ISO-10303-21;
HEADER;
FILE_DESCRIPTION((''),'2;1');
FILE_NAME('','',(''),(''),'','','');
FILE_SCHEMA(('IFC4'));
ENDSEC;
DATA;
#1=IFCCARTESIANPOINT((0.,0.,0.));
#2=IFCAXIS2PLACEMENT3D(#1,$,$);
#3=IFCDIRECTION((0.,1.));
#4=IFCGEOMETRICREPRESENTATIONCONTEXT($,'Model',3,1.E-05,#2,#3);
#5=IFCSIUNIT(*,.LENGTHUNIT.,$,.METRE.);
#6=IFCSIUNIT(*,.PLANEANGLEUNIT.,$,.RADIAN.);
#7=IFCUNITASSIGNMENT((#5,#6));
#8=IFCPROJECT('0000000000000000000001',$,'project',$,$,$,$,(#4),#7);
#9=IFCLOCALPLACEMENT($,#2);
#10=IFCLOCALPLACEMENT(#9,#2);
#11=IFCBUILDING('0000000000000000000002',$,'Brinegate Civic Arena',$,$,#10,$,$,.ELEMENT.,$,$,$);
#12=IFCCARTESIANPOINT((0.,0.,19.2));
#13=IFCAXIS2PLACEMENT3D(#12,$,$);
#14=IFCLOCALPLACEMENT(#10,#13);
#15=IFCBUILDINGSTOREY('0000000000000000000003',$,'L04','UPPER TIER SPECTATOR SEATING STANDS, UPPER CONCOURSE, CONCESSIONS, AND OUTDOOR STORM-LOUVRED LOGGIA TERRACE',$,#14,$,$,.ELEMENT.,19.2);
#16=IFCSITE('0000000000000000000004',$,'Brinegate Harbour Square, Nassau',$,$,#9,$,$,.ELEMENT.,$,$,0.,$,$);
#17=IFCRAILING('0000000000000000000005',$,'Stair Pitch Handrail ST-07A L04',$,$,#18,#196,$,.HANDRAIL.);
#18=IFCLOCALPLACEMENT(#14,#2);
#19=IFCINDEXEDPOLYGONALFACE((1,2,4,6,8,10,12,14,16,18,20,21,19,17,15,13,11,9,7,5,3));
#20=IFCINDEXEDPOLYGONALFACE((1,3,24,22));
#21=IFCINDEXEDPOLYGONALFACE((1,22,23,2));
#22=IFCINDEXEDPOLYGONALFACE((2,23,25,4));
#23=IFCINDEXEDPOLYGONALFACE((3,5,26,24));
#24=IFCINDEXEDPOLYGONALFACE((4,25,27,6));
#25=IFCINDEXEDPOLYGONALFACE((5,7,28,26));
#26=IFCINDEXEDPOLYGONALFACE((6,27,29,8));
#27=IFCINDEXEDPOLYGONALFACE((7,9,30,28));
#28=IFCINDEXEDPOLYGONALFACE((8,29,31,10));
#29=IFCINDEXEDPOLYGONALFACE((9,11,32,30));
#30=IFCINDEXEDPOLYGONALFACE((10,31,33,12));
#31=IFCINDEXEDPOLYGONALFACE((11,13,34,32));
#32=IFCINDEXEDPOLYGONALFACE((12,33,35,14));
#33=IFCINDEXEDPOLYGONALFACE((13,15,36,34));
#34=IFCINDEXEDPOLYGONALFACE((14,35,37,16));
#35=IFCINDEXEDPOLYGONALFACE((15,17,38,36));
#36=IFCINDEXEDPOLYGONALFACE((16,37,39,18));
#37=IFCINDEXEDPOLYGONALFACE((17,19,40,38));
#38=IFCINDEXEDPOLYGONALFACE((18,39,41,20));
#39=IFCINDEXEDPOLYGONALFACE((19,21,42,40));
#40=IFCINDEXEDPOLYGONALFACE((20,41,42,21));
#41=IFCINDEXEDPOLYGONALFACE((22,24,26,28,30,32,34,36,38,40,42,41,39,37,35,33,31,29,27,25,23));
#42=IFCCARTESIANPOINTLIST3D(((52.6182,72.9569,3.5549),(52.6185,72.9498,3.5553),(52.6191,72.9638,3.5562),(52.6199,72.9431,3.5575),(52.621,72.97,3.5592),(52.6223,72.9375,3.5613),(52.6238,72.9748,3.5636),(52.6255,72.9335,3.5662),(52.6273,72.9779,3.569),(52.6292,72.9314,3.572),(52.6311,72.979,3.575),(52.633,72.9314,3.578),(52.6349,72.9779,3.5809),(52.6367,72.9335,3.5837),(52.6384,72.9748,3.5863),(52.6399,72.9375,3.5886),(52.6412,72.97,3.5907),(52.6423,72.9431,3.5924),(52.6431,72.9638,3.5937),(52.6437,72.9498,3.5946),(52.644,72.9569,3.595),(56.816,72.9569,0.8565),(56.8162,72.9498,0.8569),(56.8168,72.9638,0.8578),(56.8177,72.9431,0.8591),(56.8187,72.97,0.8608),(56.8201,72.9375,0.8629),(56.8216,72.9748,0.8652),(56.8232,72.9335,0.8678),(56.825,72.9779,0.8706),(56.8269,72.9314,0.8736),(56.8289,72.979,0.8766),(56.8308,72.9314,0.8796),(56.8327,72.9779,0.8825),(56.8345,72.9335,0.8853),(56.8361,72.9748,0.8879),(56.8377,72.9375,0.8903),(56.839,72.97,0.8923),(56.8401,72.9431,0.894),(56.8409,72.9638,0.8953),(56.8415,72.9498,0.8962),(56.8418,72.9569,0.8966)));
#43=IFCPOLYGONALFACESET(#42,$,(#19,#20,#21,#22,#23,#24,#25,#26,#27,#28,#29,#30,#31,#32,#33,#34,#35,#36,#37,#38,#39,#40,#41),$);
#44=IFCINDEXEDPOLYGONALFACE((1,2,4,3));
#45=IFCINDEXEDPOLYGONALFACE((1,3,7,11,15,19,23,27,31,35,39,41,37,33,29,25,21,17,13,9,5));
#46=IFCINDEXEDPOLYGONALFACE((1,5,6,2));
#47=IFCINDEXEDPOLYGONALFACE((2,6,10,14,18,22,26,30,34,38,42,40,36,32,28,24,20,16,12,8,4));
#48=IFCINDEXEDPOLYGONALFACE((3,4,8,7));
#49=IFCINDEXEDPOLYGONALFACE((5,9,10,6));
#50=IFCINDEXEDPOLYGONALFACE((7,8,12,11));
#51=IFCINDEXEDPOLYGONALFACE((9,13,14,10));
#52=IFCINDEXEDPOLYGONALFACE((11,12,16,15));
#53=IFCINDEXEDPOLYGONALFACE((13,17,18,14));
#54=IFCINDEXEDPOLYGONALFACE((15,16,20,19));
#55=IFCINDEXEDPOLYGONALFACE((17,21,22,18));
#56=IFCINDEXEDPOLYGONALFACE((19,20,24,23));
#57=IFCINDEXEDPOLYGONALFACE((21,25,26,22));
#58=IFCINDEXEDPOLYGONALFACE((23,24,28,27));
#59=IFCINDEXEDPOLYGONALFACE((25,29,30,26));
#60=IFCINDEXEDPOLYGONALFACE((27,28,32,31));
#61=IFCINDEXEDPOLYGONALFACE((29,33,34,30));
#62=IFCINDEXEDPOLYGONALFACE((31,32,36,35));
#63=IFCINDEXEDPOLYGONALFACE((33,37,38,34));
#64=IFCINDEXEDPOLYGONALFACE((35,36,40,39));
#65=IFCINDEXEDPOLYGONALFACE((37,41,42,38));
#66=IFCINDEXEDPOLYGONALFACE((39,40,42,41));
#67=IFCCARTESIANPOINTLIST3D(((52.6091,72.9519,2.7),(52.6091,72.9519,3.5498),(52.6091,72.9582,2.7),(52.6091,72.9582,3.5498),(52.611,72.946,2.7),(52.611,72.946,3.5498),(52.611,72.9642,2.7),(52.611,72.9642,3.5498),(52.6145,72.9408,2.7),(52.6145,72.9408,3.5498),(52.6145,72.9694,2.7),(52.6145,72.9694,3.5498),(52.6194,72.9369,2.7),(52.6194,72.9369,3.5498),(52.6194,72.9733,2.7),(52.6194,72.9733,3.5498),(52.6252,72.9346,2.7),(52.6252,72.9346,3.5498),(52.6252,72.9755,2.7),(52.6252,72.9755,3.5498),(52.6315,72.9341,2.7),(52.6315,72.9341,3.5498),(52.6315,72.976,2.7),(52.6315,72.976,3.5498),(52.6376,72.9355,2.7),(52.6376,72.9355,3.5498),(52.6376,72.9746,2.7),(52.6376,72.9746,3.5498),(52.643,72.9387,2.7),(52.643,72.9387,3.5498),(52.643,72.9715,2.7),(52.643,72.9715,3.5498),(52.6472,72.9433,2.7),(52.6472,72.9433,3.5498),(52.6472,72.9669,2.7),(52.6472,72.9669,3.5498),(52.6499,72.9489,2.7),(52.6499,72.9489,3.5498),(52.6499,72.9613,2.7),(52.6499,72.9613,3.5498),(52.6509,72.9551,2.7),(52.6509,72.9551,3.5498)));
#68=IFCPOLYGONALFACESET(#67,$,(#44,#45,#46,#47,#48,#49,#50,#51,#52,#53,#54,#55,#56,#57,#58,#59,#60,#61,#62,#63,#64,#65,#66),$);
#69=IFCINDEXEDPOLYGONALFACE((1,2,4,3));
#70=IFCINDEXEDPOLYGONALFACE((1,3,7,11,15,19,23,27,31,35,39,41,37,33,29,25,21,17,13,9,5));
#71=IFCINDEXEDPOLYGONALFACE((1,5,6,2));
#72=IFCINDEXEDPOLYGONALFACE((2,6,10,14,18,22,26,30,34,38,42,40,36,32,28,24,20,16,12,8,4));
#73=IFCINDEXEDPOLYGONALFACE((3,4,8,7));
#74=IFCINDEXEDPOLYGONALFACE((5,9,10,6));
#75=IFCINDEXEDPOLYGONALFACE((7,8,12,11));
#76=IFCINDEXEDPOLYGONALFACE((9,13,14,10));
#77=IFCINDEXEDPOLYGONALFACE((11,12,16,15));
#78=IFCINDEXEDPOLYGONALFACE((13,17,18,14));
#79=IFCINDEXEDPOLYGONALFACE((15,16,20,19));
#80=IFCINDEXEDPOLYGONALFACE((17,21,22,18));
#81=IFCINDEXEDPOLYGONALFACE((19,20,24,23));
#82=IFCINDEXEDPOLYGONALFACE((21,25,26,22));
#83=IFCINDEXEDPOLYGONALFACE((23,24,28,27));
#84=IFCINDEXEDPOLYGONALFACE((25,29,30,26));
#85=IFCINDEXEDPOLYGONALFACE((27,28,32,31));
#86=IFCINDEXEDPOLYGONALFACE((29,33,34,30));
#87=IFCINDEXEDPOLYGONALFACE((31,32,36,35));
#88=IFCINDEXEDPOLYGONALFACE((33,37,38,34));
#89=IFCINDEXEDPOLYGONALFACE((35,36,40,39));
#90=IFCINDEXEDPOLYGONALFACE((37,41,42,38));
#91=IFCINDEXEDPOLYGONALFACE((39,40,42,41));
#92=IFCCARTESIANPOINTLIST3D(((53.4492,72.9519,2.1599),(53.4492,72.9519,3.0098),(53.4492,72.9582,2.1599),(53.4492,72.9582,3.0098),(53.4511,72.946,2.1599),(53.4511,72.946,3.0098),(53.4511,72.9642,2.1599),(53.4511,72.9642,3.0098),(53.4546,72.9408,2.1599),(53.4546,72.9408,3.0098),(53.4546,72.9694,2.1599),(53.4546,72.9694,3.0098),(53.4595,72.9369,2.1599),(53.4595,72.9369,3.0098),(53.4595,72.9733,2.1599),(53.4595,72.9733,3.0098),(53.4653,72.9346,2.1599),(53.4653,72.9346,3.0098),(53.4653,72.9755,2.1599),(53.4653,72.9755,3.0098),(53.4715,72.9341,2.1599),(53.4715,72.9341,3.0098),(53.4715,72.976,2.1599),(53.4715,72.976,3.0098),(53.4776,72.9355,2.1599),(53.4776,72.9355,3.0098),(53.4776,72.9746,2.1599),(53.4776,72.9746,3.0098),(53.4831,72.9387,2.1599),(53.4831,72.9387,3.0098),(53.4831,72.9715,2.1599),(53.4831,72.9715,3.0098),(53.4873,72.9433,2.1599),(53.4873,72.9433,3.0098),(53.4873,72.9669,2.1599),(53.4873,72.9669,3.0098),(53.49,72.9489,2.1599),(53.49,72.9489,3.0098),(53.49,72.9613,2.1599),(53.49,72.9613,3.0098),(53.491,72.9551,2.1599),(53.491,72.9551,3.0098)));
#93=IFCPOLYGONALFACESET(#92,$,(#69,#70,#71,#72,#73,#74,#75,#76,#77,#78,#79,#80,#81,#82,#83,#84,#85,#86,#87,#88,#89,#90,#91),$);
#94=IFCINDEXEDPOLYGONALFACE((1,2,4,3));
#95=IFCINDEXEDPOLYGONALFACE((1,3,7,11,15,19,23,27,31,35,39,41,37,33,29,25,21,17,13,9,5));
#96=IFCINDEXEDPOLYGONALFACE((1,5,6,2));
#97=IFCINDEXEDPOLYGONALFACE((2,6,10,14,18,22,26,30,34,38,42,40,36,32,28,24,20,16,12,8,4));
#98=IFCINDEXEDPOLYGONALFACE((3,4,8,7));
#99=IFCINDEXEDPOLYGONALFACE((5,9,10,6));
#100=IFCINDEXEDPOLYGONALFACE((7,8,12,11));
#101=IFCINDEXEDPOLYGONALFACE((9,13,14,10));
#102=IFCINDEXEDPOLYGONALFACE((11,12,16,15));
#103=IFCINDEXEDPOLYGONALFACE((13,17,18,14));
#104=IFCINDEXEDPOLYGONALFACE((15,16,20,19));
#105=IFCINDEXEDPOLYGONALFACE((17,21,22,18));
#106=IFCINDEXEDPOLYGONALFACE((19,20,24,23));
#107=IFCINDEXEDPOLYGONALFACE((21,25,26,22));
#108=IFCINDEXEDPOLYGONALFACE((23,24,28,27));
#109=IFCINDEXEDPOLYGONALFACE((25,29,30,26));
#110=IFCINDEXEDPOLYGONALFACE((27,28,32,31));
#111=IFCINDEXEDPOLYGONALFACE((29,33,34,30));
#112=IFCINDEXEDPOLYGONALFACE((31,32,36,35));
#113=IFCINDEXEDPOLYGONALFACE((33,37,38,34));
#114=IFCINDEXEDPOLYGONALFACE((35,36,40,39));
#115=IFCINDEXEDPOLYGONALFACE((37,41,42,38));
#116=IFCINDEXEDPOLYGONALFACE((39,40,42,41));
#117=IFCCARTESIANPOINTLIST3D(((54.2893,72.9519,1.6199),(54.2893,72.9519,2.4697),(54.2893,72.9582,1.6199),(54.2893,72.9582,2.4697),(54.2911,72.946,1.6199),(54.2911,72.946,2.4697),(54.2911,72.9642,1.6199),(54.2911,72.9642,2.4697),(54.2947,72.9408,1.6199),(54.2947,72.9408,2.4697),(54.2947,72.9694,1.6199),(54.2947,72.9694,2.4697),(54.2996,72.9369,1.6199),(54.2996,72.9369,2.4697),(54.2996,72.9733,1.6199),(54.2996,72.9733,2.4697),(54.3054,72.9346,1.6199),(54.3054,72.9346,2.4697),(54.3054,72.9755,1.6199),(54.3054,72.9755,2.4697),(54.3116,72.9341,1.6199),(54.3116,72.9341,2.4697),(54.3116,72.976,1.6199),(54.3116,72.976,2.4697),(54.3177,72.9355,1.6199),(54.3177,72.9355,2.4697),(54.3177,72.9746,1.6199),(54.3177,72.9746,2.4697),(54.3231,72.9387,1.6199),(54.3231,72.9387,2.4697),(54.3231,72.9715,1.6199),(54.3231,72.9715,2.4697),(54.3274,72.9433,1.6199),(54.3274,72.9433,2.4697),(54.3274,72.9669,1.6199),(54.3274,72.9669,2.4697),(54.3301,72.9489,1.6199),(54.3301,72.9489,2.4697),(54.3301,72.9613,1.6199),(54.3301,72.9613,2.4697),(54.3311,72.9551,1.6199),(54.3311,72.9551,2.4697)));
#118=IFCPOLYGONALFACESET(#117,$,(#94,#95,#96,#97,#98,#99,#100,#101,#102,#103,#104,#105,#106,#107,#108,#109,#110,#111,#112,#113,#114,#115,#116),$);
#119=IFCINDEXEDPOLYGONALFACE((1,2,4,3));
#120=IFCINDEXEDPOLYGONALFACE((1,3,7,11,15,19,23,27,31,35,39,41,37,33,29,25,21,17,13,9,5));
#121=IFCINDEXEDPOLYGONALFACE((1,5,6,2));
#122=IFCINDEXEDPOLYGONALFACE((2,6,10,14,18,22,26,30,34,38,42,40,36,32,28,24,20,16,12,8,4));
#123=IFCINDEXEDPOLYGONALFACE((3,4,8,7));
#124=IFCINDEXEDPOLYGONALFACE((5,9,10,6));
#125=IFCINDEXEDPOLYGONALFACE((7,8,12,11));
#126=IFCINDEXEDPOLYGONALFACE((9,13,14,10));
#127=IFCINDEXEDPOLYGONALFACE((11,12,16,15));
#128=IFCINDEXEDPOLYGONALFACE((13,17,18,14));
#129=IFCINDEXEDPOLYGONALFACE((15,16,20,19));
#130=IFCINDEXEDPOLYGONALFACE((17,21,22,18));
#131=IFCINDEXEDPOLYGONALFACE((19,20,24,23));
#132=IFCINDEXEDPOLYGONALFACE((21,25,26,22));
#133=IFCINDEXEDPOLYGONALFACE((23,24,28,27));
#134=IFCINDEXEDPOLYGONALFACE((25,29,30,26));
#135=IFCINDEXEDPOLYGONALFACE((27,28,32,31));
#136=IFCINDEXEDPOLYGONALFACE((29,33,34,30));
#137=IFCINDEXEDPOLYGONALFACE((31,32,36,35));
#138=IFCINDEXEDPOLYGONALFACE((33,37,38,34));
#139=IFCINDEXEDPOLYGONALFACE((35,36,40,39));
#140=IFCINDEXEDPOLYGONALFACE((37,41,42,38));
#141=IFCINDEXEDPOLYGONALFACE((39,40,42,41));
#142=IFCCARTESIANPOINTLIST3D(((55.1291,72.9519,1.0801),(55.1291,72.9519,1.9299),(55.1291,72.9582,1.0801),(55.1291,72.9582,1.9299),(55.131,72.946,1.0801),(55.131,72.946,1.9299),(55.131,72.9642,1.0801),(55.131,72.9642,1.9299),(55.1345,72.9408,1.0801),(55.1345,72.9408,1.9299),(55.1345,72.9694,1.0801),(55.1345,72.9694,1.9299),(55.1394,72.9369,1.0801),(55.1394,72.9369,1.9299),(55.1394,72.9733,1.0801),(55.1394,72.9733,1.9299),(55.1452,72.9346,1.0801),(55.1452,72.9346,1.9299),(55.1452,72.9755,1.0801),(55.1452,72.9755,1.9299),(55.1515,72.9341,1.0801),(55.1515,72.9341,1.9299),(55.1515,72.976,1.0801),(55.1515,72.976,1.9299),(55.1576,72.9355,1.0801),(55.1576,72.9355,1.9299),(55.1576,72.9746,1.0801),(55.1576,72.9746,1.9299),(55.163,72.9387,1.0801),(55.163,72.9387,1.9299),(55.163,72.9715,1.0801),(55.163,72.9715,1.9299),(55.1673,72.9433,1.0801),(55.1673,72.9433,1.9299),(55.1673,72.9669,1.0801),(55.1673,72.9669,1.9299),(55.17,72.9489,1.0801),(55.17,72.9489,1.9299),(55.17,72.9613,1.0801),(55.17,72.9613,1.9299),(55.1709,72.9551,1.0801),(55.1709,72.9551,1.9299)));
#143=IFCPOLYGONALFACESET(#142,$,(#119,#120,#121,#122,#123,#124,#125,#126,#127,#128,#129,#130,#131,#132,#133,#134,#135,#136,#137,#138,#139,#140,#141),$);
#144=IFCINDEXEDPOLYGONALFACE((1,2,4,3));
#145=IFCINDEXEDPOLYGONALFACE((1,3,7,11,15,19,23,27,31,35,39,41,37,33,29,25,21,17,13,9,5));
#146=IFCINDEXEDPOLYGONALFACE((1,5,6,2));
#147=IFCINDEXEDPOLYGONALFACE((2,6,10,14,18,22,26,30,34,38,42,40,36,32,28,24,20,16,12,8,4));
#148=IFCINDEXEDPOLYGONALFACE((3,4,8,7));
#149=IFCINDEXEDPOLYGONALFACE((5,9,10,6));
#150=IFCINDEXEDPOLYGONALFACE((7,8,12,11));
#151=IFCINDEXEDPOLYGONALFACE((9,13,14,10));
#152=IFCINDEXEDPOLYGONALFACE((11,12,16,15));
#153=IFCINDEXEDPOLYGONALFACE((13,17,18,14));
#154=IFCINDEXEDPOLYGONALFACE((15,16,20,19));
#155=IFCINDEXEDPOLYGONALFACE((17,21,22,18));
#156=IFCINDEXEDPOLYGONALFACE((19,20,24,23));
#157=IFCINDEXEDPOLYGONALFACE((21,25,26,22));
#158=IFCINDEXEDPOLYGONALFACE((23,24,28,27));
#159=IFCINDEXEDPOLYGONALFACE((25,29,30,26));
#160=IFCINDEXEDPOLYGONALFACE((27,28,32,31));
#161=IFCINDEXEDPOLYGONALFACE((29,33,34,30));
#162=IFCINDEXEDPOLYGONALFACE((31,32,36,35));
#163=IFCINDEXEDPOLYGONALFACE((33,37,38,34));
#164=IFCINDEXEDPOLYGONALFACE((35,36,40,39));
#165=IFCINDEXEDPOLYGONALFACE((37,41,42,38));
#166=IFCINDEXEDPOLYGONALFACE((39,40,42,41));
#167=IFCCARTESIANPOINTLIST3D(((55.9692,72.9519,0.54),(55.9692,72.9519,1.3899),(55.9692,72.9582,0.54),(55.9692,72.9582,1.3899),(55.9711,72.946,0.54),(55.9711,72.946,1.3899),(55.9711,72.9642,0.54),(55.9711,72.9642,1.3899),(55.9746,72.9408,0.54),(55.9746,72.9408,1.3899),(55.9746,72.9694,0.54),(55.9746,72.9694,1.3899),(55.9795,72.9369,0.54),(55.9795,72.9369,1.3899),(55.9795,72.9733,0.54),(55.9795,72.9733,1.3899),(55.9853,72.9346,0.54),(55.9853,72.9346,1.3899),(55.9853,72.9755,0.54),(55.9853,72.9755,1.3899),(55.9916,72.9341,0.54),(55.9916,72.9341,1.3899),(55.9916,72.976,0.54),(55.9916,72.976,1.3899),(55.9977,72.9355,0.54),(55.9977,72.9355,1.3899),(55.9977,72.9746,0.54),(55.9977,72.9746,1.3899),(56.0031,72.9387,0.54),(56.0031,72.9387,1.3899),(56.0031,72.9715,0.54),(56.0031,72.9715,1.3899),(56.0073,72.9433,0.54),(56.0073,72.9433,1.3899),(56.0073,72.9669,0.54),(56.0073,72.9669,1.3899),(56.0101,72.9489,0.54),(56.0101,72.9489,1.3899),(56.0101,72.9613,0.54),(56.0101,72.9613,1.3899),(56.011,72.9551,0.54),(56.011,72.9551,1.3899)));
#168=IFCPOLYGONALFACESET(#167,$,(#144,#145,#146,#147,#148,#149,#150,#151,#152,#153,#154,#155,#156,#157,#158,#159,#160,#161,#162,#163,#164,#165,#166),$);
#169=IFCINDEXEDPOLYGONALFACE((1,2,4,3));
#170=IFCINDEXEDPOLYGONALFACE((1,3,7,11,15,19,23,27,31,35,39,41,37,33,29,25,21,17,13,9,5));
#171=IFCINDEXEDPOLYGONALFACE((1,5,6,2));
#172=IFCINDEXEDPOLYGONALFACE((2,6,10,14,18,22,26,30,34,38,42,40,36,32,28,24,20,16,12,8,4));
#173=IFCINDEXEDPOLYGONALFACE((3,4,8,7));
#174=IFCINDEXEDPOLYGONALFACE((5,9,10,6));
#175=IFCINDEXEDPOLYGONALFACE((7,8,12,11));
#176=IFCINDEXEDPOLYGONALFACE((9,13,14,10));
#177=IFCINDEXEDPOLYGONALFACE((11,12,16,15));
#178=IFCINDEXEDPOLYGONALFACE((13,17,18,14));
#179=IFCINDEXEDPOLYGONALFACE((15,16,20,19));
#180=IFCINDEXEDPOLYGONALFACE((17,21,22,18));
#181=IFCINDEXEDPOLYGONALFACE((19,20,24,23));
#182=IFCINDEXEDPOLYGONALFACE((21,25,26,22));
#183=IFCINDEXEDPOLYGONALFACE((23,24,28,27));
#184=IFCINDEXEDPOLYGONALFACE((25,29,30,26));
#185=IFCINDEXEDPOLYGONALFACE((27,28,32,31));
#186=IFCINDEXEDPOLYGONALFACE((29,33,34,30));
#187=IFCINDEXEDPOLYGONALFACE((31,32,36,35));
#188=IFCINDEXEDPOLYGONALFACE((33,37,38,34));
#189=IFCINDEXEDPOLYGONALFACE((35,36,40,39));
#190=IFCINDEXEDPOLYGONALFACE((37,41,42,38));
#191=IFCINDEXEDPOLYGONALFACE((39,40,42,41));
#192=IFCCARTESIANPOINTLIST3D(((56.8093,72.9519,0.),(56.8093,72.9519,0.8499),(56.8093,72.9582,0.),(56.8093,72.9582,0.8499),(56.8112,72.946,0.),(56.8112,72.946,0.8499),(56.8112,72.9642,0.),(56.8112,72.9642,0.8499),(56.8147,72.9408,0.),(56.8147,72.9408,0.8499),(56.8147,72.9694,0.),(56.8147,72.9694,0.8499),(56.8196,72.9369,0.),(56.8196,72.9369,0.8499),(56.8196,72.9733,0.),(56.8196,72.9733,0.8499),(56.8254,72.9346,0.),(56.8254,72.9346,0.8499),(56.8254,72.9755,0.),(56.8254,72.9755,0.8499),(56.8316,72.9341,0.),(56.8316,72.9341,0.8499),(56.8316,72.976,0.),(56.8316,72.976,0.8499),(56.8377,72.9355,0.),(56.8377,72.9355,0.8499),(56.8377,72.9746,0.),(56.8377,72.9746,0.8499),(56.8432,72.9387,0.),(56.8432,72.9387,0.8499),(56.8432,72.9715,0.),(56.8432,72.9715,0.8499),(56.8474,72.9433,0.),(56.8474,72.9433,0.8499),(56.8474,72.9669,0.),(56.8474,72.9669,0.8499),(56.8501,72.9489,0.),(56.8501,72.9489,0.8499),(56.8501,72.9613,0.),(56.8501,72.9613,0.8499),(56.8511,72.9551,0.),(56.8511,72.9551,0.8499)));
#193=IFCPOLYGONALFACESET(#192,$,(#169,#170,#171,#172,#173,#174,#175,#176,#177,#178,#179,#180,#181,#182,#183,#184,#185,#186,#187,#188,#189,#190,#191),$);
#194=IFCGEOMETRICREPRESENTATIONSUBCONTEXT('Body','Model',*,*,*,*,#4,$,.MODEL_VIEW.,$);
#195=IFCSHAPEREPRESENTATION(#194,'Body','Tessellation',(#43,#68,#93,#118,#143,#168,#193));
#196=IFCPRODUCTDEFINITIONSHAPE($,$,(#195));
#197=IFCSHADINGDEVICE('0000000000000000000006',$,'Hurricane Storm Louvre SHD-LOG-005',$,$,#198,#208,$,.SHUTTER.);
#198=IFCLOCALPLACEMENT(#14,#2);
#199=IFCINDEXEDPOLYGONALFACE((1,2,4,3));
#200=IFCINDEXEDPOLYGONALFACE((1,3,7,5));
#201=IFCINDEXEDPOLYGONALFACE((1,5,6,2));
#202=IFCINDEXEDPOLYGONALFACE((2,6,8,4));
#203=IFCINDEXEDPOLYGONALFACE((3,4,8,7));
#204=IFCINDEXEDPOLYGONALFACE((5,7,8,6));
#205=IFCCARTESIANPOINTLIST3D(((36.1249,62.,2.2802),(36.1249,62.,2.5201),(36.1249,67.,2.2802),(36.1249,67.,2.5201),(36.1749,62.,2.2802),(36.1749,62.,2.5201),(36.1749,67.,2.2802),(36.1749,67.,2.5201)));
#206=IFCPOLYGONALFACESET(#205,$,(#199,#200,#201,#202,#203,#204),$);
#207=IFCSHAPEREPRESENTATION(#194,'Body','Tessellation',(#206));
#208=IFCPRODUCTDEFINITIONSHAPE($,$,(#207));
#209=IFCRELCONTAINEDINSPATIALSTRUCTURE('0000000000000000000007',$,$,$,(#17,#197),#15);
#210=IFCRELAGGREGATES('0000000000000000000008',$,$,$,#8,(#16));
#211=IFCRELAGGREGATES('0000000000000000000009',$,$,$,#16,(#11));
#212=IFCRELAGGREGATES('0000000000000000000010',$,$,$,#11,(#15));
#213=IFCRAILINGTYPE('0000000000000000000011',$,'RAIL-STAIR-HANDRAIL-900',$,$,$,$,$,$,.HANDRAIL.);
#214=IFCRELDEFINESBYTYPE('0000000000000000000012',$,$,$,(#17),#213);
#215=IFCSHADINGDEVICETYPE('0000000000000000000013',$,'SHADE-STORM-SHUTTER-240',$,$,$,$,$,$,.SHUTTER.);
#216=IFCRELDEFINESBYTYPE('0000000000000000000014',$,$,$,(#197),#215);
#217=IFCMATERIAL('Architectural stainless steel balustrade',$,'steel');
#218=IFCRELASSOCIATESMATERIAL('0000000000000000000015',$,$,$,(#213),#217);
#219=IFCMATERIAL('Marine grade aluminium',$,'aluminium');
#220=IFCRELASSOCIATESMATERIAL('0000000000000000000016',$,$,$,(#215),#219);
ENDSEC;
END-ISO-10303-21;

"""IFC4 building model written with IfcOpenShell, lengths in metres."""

from ifc_helpers import new_model, si_unit, direction, frame, origin, origin_2d, place, context, subcontext, project, spatial, rectangle, circle, extrude, material, material_profile, profile_set, type_object, element, save


model = new_model("IFC4")

# Units and contexts
model_context = context("Model", 3, precision=1e-05, world=origin(), true_north=direction((0.0, 1.0)))
body_context = subcontext(model_context, "Body", "Model", "MODEL_VIEW")
ifc_project = project(units=[si_unit("LENGTHUNIT", "METRE"), si_unit("PLANEANGLEUNIT", "RADIAN")], contexts=[model_context])

# Site, building, storey
site_placement = place(None, origin())
site = spatial("IfcSite", under=ifc_project, at=site_placement, Name="Brinegate Harbour Square, Nassau", CompositionType="ELEMENT", RefElevation=0.0)
building_placement = place(site_placement, origin())
building = spatial("IfcBuilding", under=site, at=building_placement, Name="Brinegate Civic Arena", CompositionType="ELEMENT")
storey_placement = place(building_placement, frame((0.0, 0.0, 19.2)))
storey = spatial("IfcBuildingStorey", under=building, at=storey_placement, Name="L04", Description="UPPER TIER SPECTATOR SEATING STANDS, UPPER CONCOURSE, CONCESSIONS, AND OUTDOOR STORM-LOUVRED LOGGIA TERRACE", CompositionType="ELEMENT", Elevation=19.2)

# Shared definitions
ifc_material_1 = material(Name="Marine grade aluminium", Category="aluminium")

# Railing
ifc_material_2 = material(Name="Architectural stainless steel balustrade", Category="steel")
railing_type = type_object("IfcRailingType", Name="RAIL-STAIR-HANDRAIL-900", PredefinedType="HANDRAIL", material=ifc_material_2)
railing_placement = place(storey_placement, frame((52.6299, 72.9551, 2.7)))
element("IfcRailing", 1, at=railing_placement, inside=storey, type_object=railing_type, Name="Stair Pitch Handrail ST-07A L04", PredefinedType="HANDRAIL", context=body_context, shape_type="SweptSolid", body=[
    extrude(circle(Radius=0.0239, at=origin_2d()), frame((0.0012, 0.0, 0.875), z_axis=(0.841194, 0.0, -0.540733), x_axis=(0.0, 1.0, 0.0)), (0.0, 0.0, 1.0), 4.9902),
    extrude(circle(Radius=0.021, at=origin_2d()), origin(), (0.0, 0.0, 1.0), 0.8499),
    extrude(circle(Radius=0.021, at=origin_2d()), frame((0.8401, 0.0, -0.54)), (0.0, 0.0, 1.0), 0.8499),
    extrude(circle(Radius=0.021, at=origin_2d()), frame((1.6802, 0.0, -1.0801)), (0.0, 0.0, 1.0), 0.8499),
    extrude(circle(Radius=0.021, at=origin_2d()), frame((2.52, 0.0, -1.6199)), (0.0, 0.0, 1.0), 0.8499),
    extrude(circle(Radius=0.021, at=origin_2d()), frame((3.3601, 0.0, -2.1599)), (0.0, 0.0, 1.0), 0.8499),
    extrude(circle(Radius=0.021, at=origin_2d()), frame((4.2002, 0.0, -2.7)), (0.0, 0.0, 1.0), 0.8499),
])

# Shading device
ifc_material_profile_1 = material_profile(ifc_material_1, rectangle(XDim=0.05, YDim=0.24, at=origin_2d()), Name="LVR50X240")
ifc_profile_set_1 = profile_set([ifc_material_profile_1], Name="Marine grade aluminium")
shading_device_type_1 = type_object("IfcShadingDeviceType", Name="SHADE-STORM-SHUTTER-240", PredefinedType="SHUTTER", material=ifc_profile_set_1)
shading_device_placement = place(storey_placement, frame((36.1499, 62.0, 2.4001), z_axis=(0.0, 1.0, 0.0), x_axis=(-1.0, 0.0, 0.0)))
element("IfcShadingDevice", 2, at=shading_device_placement, inside=storey, type_object=shading_device_type_1, Name="Hurricane Storm Louvre SHD-LOG-005", PredefinedType="SHUTTER", context=body_context, shape_type="SweptSolid", body=[
    extrude(rectangle(XDim=0.05, YDim=0.24, at=origin_2d()), origin(), (0.0, 0.0, 1.0), 5.0),
])

save(model, "model.ifc")
